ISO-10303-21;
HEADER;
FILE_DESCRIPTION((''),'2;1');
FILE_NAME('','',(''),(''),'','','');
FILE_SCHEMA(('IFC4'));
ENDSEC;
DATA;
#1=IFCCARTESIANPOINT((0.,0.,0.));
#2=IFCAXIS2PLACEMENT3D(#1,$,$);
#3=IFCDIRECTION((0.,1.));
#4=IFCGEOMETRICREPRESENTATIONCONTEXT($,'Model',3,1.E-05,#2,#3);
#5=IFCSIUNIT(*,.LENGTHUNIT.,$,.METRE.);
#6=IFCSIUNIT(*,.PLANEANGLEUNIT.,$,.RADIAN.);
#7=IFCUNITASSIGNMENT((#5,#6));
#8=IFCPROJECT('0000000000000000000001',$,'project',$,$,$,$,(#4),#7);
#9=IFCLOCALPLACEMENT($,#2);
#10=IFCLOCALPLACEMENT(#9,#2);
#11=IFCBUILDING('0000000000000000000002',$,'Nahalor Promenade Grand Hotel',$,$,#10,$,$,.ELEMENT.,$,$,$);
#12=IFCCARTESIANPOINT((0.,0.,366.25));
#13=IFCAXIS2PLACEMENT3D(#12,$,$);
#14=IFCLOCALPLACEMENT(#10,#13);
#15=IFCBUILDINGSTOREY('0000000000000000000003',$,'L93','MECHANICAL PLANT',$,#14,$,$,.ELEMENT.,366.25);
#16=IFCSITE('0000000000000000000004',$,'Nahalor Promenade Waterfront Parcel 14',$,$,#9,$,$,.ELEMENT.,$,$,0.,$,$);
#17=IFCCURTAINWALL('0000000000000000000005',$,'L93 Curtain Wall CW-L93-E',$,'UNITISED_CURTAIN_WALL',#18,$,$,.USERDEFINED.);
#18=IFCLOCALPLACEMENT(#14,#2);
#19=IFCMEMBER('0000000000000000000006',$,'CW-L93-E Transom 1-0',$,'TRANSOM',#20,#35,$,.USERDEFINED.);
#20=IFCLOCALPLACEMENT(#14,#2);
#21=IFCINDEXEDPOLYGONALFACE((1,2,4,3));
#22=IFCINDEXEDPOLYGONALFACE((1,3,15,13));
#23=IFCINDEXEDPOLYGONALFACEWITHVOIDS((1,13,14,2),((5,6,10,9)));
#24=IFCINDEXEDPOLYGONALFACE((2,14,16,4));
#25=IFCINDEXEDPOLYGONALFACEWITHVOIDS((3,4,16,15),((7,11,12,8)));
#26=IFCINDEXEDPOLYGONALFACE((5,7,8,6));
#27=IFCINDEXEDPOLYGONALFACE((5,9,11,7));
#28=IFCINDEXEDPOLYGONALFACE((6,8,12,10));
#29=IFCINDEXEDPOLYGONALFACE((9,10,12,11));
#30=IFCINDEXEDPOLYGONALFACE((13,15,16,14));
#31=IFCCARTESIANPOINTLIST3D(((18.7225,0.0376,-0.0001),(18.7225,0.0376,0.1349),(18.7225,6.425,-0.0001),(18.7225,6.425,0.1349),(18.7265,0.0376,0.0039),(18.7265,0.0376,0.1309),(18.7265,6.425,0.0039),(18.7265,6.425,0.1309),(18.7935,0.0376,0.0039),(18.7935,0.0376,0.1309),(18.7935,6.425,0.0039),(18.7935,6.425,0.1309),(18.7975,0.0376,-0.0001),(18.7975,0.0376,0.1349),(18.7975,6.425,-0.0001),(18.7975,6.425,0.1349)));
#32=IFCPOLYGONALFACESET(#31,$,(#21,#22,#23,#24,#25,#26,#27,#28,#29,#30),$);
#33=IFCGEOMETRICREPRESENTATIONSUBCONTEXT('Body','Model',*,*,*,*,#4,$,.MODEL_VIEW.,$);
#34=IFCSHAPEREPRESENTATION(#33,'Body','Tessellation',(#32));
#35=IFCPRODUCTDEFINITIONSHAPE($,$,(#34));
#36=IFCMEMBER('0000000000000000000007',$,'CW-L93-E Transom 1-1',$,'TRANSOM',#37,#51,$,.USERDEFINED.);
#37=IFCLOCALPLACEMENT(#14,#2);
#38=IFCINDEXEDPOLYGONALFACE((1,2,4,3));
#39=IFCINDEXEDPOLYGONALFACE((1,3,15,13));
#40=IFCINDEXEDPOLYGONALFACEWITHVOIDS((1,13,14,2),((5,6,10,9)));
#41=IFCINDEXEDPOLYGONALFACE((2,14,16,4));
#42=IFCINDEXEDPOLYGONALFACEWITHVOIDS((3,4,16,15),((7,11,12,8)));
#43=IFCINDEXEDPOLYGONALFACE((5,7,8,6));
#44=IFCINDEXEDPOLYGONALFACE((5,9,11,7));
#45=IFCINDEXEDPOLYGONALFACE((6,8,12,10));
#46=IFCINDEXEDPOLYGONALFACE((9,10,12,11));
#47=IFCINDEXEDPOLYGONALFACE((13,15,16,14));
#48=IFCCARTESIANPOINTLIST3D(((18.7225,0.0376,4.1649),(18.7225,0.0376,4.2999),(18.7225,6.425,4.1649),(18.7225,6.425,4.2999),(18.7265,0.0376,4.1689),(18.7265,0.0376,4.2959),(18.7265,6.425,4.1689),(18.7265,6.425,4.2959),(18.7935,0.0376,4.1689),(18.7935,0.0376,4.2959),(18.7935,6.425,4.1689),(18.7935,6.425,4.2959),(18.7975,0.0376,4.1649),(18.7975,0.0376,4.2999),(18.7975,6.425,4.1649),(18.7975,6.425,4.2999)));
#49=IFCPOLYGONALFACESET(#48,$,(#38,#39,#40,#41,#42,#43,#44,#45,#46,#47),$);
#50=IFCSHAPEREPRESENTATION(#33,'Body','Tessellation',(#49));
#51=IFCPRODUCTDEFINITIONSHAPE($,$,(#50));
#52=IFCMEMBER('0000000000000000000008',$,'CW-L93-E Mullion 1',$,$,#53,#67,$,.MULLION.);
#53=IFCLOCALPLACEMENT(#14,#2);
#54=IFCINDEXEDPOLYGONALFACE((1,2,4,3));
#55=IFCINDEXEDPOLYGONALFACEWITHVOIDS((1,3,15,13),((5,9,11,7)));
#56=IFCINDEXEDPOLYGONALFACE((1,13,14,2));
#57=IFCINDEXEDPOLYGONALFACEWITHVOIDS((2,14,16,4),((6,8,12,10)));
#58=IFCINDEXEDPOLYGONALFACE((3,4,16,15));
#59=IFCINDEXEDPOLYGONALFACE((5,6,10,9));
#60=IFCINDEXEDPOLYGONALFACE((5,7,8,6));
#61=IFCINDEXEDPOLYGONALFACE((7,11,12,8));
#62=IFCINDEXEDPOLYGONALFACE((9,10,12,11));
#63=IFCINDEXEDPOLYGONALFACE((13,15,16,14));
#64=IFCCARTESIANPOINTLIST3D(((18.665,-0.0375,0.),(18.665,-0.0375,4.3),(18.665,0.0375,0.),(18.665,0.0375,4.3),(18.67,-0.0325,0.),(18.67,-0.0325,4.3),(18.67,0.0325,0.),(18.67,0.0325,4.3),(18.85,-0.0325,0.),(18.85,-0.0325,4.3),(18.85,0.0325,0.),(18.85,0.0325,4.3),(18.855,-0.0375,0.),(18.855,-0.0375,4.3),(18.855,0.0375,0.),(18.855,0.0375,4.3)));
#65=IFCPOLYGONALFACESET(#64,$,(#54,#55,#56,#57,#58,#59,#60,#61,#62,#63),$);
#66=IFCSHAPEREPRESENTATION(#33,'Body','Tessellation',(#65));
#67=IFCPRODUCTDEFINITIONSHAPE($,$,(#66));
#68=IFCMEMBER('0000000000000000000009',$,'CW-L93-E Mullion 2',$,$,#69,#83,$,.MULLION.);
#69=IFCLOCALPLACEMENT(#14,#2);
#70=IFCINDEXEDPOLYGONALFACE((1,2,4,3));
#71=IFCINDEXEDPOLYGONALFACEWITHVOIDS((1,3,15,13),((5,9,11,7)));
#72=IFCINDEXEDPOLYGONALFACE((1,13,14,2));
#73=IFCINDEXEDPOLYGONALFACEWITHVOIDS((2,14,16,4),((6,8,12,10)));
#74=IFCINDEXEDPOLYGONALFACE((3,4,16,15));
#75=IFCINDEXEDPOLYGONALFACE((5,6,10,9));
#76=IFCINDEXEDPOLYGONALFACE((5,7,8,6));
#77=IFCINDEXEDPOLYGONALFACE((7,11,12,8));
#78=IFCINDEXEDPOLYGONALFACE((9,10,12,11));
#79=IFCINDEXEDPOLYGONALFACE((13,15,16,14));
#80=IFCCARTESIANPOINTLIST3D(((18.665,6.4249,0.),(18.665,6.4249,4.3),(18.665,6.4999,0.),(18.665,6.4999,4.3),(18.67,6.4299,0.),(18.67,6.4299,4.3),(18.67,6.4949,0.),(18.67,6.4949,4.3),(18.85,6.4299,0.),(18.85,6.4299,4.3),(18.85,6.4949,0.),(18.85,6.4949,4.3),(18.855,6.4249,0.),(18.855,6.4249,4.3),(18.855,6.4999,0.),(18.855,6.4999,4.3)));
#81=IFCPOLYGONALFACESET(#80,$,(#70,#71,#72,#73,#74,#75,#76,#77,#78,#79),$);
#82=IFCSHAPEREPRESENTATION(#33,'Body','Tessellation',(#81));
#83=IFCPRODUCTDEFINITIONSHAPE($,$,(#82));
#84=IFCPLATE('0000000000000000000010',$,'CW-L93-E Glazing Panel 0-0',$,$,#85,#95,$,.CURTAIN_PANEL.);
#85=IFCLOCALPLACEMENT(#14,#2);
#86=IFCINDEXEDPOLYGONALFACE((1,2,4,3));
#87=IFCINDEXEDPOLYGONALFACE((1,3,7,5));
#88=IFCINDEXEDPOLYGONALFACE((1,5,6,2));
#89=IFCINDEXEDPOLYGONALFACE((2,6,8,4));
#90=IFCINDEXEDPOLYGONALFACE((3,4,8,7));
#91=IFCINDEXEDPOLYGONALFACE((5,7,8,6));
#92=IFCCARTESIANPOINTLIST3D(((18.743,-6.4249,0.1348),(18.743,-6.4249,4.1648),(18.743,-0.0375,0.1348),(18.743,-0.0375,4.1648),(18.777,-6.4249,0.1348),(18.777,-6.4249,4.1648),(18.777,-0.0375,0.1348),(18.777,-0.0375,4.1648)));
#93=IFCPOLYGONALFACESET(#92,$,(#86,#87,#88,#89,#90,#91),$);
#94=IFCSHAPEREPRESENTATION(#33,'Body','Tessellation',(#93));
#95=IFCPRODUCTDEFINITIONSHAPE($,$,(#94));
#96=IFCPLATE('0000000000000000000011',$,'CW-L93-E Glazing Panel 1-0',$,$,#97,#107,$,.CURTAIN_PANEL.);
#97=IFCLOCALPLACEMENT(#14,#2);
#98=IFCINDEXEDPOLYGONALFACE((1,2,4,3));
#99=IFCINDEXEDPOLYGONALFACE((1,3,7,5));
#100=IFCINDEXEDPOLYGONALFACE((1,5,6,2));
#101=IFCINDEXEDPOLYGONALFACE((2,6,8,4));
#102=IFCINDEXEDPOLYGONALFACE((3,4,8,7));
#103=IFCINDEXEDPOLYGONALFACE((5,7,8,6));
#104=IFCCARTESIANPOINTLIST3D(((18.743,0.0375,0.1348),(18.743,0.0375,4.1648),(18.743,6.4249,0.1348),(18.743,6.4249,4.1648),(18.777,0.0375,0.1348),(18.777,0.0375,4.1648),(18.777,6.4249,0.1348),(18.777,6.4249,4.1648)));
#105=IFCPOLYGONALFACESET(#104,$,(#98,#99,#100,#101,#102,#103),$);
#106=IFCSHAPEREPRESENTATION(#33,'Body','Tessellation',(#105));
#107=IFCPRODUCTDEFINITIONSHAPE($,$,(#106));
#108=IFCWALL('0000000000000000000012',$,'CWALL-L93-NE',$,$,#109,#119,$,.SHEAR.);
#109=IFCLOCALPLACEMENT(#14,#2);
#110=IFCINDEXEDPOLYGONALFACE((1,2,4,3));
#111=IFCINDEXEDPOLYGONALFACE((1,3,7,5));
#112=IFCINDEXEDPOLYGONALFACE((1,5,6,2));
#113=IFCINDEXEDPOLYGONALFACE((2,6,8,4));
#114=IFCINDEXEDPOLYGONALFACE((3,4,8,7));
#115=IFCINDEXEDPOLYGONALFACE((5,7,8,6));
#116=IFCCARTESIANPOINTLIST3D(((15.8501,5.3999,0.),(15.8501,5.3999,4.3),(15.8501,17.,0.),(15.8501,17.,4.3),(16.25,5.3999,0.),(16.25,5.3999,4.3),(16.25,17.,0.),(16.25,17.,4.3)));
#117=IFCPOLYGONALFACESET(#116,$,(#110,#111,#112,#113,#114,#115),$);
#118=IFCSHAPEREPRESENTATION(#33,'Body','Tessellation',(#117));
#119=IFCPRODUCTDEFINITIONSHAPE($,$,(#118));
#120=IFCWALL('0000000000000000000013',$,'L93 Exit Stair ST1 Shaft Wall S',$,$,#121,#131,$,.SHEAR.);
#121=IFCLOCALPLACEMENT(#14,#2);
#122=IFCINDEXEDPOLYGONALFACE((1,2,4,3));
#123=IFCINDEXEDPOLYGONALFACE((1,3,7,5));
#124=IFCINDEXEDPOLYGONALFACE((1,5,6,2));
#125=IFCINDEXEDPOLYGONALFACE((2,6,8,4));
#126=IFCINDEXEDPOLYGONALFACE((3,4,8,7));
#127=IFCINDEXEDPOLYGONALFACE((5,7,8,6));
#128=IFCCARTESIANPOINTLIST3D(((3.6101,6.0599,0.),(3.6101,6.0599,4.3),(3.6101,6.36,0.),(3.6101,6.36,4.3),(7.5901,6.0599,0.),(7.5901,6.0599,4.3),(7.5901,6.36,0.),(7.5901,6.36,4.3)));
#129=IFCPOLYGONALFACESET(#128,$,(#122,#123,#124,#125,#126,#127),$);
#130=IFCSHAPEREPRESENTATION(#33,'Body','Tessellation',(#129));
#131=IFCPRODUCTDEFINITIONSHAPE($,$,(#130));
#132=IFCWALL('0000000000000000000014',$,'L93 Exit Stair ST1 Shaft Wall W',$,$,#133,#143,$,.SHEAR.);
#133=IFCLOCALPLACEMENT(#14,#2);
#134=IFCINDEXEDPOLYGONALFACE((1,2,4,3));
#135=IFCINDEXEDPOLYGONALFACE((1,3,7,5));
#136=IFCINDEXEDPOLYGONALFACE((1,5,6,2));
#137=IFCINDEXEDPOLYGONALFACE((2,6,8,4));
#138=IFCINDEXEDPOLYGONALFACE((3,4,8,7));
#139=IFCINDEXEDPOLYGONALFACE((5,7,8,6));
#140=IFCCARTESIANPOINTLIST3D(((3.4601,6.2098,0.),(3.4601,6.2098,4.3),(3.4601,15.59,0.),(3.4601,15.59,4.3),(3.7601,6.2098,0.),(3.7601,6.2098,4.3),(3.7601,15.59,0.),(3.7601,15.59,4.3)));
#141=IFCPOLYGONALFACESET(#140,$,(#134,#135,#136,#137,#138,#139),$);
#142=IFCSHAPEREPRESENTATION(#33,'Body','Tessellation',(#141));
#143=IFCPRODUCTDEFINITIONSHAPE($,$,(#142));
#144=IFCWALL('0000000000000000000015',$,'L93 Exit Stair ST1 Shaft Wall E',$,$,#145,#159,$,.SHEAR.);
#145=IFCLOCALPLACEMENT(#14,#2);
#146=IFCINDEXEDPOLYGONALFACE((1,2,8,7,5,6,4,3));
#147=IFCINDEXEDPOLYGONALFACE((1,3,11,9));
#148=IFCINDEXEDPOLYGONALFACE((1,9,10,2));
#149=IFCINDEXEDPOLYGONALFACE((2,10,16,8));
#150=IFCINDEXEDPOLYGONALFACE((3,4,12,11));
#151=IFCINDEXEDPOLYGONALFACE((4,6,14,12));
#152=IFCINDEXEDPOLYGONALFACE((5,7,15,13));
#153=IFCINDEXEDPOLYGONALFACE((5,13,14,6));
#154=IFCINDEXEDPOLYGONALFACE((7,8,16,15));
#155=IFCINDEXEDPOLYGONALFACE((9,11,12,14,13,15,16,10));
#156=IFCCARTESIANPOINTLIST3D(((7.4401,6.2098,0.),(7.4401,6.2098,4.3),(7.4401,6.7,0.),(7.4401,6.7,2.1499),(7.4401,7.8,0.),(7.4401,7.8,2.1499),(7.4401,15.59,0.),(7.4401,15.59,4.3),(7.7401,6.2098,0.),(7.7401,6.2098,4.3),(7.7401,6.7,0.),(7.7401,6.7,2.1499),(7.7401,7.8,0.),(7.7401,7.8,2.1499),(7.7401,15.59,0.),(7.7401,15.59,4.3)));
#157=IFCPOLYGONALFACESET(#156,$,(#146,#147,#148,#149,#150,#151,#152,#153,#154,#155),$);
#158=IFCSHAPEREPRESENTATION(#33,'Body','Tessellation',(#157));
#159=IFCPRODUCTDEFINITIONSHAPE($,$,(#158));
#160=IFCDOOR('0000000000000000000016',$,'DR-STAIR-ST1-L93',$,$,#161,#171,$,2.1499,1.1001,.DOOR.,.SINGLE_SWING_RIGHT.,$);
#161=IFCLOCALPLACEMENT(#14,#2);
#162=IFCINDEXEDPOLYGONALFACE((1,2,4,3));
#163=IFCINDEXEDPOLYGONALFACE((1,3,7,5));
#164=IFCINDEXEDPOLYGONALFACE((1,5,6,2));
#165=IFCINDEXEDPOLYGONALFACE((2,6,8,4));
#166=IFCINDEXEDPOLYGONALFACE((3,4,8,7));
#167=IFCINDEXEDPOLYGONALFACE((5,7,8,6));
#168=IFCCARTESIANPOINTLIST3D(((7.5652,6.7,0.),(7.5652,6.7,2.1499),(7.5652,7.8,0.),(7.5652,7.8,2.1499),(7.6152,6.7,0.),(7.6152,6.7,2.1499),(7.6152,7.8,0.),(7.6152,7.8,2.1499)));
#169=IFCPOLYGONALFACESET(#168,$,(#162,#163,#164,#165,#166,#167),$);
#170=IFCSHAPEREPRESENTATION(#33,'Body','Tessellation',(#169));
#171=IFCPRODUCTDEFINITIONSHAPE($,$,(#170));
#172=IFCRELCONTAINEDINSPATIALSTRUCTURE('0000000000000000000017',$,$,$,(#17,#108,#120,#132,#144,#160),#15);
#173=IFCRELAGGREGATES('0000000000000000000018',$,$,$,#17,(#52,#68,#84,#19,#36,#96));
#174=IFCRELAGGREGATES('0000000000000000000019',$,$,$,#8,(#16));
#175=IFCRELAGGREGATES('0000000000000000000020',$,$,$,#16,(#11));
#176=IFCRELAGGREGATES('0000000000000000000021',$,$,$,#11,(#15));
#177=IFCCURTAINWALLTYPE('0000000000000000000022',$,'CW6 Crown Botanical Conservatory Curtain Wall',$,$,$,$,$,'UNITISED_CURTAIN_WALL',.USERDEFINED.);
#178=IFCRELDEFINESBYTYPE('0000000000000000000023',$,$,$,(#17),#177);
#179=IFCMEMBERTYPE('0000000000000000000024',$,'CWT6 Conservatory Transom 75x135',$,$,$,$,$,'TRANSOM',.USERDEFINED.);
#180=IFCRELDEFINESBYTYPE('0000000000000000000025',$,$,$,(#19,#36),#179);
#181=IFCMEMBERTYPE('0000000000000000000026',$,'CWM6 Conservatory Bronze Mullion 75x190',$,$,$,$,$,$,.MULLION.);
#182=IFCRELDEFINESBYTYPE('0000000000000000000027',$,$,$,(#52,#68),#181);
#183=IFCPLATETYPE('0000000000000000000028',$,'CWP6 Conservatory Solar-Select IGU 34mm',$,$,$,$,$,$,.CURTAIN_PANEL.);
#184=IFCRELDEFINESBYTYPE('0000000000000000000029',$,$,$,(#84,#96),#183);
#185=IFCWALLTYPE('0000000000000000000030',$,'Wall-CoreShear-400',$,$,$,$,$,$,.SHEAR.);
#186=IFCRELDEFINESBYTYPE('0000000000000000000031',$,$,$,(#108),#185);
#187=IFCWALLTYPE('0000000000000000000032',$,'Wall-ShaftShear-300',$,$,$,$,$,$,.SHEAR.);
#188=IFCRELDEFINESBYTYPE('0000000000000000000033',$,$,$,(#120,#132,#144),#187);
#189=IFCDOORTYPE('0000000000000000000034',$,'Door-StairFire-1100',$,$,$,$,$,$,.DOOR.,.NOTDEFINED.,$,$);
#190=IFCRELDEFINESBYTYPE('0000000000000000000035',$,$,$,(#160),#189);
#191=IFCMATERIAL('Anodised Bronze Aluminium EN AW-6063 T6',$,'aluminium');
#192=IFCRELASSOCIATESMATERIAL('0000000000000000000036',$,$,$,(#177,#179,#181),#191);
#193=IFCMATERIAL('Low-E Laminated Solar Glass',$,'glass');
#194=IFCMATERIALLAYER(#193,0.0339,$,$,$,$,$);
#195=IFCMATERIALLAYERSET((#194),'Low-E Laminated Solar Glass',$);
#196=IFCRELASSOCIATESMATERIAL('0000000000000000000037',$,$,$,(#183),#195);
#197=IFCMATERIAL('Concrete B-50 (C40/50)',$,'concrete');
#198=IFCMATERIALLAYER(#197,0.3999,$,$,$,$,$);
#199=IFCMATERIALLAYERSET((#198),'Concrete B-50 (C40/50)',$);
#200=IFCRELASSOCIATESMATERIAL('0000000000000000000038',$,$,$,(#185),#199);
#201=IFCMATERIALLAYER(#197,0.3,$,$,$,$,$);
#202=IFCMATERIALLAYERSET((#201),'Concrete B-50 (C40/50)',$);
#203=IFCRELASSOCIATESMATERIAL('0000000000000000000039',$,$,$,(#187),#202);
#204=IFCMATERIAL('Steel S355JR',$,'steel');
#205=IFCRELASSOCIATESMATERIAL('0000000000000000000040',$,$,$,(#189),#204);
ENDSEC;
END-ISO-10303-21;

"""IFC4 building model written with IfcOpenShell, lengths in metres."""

from ifc_helpers import new_model, si_unit, direction, frame, frame_2d, origin, origin_2d, place, context, subcontext, project, spatial, rectangle, hollow_rectangle, extrude, source, transform, mapped, material, layer, layer_set, material_profile, profile_set, type_object, element, fill, aggregate, save


model = new_model("IFC4")

# Units and contexts
model_context = context("Model", 3, precision=1e-05, world=origin(), true_north=direction((0.0, 1.0)))
body_context = subcontext(model_context, "Body", "Model", "MODEL_VIEW")
ifc_project = project(units=[si_unit("LENGTHUNIT", "METRE"), si_unit("PLANEANGLEUNIT", "RADIAN")], contexts=[model_context])

# Site, building, storey
site_placement = place(None, origin())
site = spatial("IfcSite", under=ifc_project, at=site_placement, Name="Nahalor Promenade Waterfront Parcel 14", CompositionType="ELEMENT", RefElevation=0.0)
building_placement = place(site_placement, origin())
building = spatial("IfcBuilding", under=site, at=building_placement, Name="Nahalor Promenade Grand Hotel", CompositionType="ELEMENT")
storey_placement = place(building_placement, frame((0.0, 0.0, 366.25)))
storey = spatial("IfcBuildingStorey", under=building, at=storey_placement, Name="L93", Description="MECHANICAL PLANT", CompositionType="ELEMENT", Elevation=366.25)

# Shared definitions
ifc_material_1 = material(Name="Concrete B-50 (C40/50)", Category="concrete")

# Shared definitions
ifc_material_2 = material(Name="Steel S355JR", Category="steel")

# Curtain wall, members, plates
ifc_material_3 = material(Name="Anodised Bronze Aluminium EN AW-6063 T6", Category="aluminium")
curtain_wall_type = type_object("IfcCurtainWallType", Name="CW6 Crown Botanical Conservatory Curtain Wall", ElementType="UNITISED_CURTAIN_WALL", PredefinedType="USERDEFINED", material=ifc_material_3)
curtain_wall_placement = place(storey_placement, origin())
curtain_wall = element("IfcCurtainWall", 1, at=curtain_wall_placement, inside=storey, type_object=curtain_wall_type, Name="L93 Curtain Wall CW-L93-E", ObjectType="UNITISED_CURTAIN_WALL", PredefinedType="USERDEFINED")
ifc_material_profile_1 = material_profile(ifc_material_3, hollow_rectangle(XDim=0.075, YDim=0.135, WallThickness=0.004, at=origin_2d()), Name="CWT 75x135x4")
ifc_profile_set_1 = profile_set([ifc_material_profile_1], Name="Anodised Bronze Aluminium EN AW-6063 T6")
member_type_1 = type_object("IfcMemberType", Name="CWT6 Conservatory Transom 75x135", ElementType="TRANSOM", PredefinedType="USERDEFINED", material=ifc_profile_set_1)
shared_shape_1 = source(origin(), body_context, "Body", "SweptSolid", [
    extrude(hollow_rectangle(XDim=0.075, YDim=0.135, WallThickness=0.004, at=origin_2d()), origin(), (0.0, 0.0, 1.0), 6.3875),
])
member_1_placement = place(storey_placement, frame((18.76, 0.0376, 0.0674), z_axis=(0.0, 1.0, 0.0), x_axis=(-1.0, 0.0, 0.0)))
member_1 = element("IfcMember", 2, at=member_1_placement, type_object=member_type_1, Name="CW-L93-E Transom 1-0", ObjectType="TRANSOM", PredefinedType="USERDEFINED", context=body_context, shape_type="MappedRepresentation", body=[
    mapped(shared_shape_1, transform((0.0, 0.0, 0.0), scale=1.0)),
])
member_2_placement = place(storey_placement, frame((18.76, 0.0376, 4.2324), z_axis=(0.0, 1.0, 0.0), x_axis=(-1.0, 0.0, 0.0)))
member_2 = element("IfcMember", 3, at=member_2_placement, type_object=member_type_1, Name="CW-L93-E Transom 1-1", ObjectType="TRANSOM", PredefinedType="USERDEFINED", context=body_context, shape_type="MappedRepresentation", body=[
    mapped(shared_shape_1, transform((0.0, 0.0, 0.0), scale=1.0)),
])
ifc_material_profile_2 = material_profile(ifc_material_3, hollow_rectangle(XDim=0.075, YDim=0.19, WallThickness=0.005, at=origin_2d()), Name="CWM 75x190x5")
ifc_profile_set_2 = profile_set([ifc_material_profile_2], Name="Anodised Bronze Aluminium EN AW-6063 T6")
member_type_2 = type_object("IfcMemberType", Name="CWM6 Conservatory Bronze Mullion 75x190", PredefinedType="MULLION", material=ifc_profile_set_2)
shared_shape_2 = source(origin(), body_context, "Body", "SweptSolid", [
    extrude(hollow_rectangle(XDim=0.075, YDim=0.19, WallThickness=0.005, at=origin_2d()), origin(), (0.0, 0.0, 1.0), 4.3),
])
member_3_placement = place(storey_placement, frame((18.76, 0.0, 0.0), z_axis=(0.0, 0.0, 1.0), x_axis=(0.0, 1.0, 0.0)))
member_3 = element("IfcMember", 4, at=member_3_placement, type_object=member_type_2, Name="CW-L93-E Mullion 1", PredefinedType="MULLION", context=body_context, shape_type="MappedRepresentation", body=[
    mapped(shared_shape_2, transform((0.0, 0.0, 0.0), scale=1.0)),
])
member_4_placement = place(storey_placement, frame((18.76, 6.4624, 0.0), z_axis=(0.0, 0.0, 1.0), x_axis=(0.0, 1.0, 0.0)))
member_4 = element("IfcMember", 5, at=member_4_placement, type_object=member_type_2, Name="CW-L93-E Mullion 2", PredefinedType="MULLION", context=body_context, shape_type="MappedRepresentation", body=[
    mapped(shared_shape_2, transform((0.0, 0.0, 0.0), scale=1.0)),
])
ifc_material_4 = material(Name="Low-E Laminated Solar Glass", Category="glass")
ifc_layer_1 = layer(ifc_material_4, 0.0339)
ifc_layer_set_1 = layer_set([ifc_layer_1], Name="Low-E Laminated Solar Glass")
plate_type = type_object("IfcPlateType", Name="CWP6 Conservatory Solar-Select IGU 34mm", PredefinedType="CURTAIN_PANEL", material=ifc_layer_set_1)
shared_shape_3 = source(origin(), body_context, "Body", "SweptSolid", [
    extrude(rectangle(XDim=6.3875, YDim=0.0339, at=origin_2d()), origin(), (0.0, 0.0, 1.0), 4.03),
])
plate_1_placement = place(storey_placement, frame((18.76, -3.2312, 0.1348), z_axis=(0.0, 0.0, 1.0), x_axis=(0.0, 1.0, 0.0)))
plate_1 = element("IfcPlate", 6, at=plate_1_placement, type_object=plate_type, Name="CW-L93-E Glazing Panel 0-0", PredefinedType="CURTAIN_PANEL", context=body_context, shape_type="MappedRepresentation", body=[
    mapped(shared_shape_3, transform((0.0, 0.0, 0.0), scale=1.0)),
])
plate_2_placement = place(storey_placement, frame((18.76, 3.2312, 0.1348), z_axis=(0.0, 0.0, 1.0), x_axis=(0.0, 1.0, 0.0)))
plate_2 = element("IfcPlate", 7, at=plate_2_placement, type_object=plate_type, Name="CW-L93-E Glazing Panel 1-0", PredefinedType="CURTAIN_PANEL", context=body_context, shape_type="MappedRepresentation", body=[
    mapped(shared_shape_3, transform((0.0, 0.0, 0.0), scale=1.0)),
])
aggregate(curtain_wall, [member_3, member_4, plate_1, member_1, member_2, plate_2])

# Walls
ifc_layer_2 = layer(ifc_material_1, 0.3999)
ifc_layer_set_2 = layer_set([ifc_layer_2], Name="Concrete B-50 (C40/50)")
wall_type_1 = type_object("IfcWallType", Name="Wall-CoreShear-400", PredefinedType="SHEAR", material=ifc_layer_set_2)
shared_shape_4 = source(origin(), body_context, "Body", "SweptSolid", [
    extrude(rectangle(XDim=11.6001, YDim=0.3999, at=frame_2d((5.8, 0.0))), origin(), (0.0, 0.0, 1.0), 4.3),
])
wall_1_placement = place(storey_placement, frame((16.05, 5.3999, 0.0), z_axis=(0.0, 0.0, 1.0), x_axis=(0.0, 1.0, 0.0)))
element("IfcWall", 8, at=wall_1_placement, inside=storey, type_object=wall_type_1, Name="CWALL-L93-NE", PredefinedType="SHEAR", context=body_context, shape_type="MappedRepresentation", body=[
    mapped(shared_shape_4, transform((0.0, 0.0, 0.0), scale=1.0)),
])
ifc_layer_3 = layer(ifc_material_1, 0.3)
ifc_layer_set_3 = layer_set([ifc_layer_3], Name="Concrete B-50 (C40/50)")
wall_type_2 = type_object("IfcWallType", Name="Wall-ShaftShear-300", PredefinedType="SHEAR", material=ifc_layer_set_3)
shared_shape_5 = source(origin(), body_context, "Body", "SweptSolid", [
    extrude(rectangle(XDim=3.98, YDim=0.3, at=frame_2d((1.99, 0.0))), origin(), (0.0, 0.0, 1.0), 4.3),
])
wall_2_placement = place(storey_placement, frame((3.6101, 6.21, 0.0), z_axis=(0.0, 0.0, 1.0), x_axis=(1.0, 0.0, 0.0)))
element("IfcWall", 9, at=wall_2_placement, inside=storey, type_object=wall_type_2, Name="L93 Exit Stair ST1 Shaft Wall S", PredefinedType="SHEAR", context=body_context, shape_type="MappedRepresentation", body=[
    mapped(shared_shape_5, transform((0.0, 0.0, 0.0), scale=1.0)),
])
shared_shape_6 = source(origin(), body_context, "Body", "SweptSolid", [
    extrude(rectangle(XDim=9.3801, YDim=0.3, at=frame_2d((4.6899, 0.0))), origin(), (0.0, 0.0, 1.0), 4.3),
])
wall_3_placement = place(storey_placement, frame((3.6101, 6.21, 0.0), z_axis=(0.0, 0.0, 1.0), x_axis=(0.0, 1.0, 0.0)))
element("IfcWall", 10, at=wall_3_placement, inside=storey, type_object=wall_type_2, Name="L93 Exit Stair ST1 Shaft Wall W", PredefinedType="SHEAR", context=body_context, shape_type="MappedRepresentation", body=[
    mapped(shared_shape_6, transform((0.0, 0.0, 0.0), scale=1.0)),
])

# Wall, opening, door
wall_4_placement = place(storey_placement, frame((7.5901, 6.21, 0.0), z_axis=(0.0, 0.0, 1.0), x_axis=(0.0, 1.0, 0.0)))
wall_4 = element("IfcWall", 11, at=wall_4_placement, inside=storey, type_object=wall_type_2, Name="L93 Exit Stair ST1 Shaft Wall E", PredefinedType="SHEAR", context=body_context, shape_type="MappedRepresentation", body=[
    mapped(shared_shape_6, transform((0.0, 0.0, 0.0), scale=1.0)),
])
opening_1_placement = place(wall_4_placement, frame((0.49, 0.0, 0.0)))
opening_1 = element("IfcOpeningElement", 12, at=opening_1_placement, cuts=wall_4, PredefinedType="OPENING", context=body_context, shape_type="SweptSolid", body=[
    extrude(rectangle(XDim=1.1001, YDim=2.1499, at=frame_2d((0.55, 1.075))), frame((0.0, 0.1599, 0.0), z_axis=(0.0, -1.0, 0.0), x_axis=(1.0, 0.0, 0.0)), (0.0, 0.0, 1.0), 0.3201),
])
door_type_1 = type_object("IfcDoorType", Name="Door-StairFire-1100", OperationType="NOTDEFINED", PredefinedType="DOOR", material=ifc_material_2)
shared_shape_7 = source(origin(), body_context, "Body", "SweptSolid", [
    extrude(rectangle(XDim=1.1001, YDim=2.1499, at=frame_2d((0.55, 1.075))), frame((0.0, 0.0249, 0.0), z_axis=(0.0, -1.0, 0.0), x_axis=(1.0, 0.0, 0.0)), (0.0, 0.0, 1.0), 0.05),
])
door_1_placement = place(opening_1_placement, origin())
door_1 = element("IfcDoor", 13, at=door_1_placement, inside=storey, type_object=door_type_1, Name="DR-STAIR-ST1-L93", OperationType="SINGLE_SWING_RIGHT", OverallHeight=2.1499, OverallWidth=1.1001, PredefinedType="DOOR", context=body_context, shape_type="MappedRepresentation", body=[
    mapped(shared_shape_7, transform((0.0, 0.0, 0.0), scale=1.0)),
])
fill(opening_1, door_1)

save(model, "model.ifc")
